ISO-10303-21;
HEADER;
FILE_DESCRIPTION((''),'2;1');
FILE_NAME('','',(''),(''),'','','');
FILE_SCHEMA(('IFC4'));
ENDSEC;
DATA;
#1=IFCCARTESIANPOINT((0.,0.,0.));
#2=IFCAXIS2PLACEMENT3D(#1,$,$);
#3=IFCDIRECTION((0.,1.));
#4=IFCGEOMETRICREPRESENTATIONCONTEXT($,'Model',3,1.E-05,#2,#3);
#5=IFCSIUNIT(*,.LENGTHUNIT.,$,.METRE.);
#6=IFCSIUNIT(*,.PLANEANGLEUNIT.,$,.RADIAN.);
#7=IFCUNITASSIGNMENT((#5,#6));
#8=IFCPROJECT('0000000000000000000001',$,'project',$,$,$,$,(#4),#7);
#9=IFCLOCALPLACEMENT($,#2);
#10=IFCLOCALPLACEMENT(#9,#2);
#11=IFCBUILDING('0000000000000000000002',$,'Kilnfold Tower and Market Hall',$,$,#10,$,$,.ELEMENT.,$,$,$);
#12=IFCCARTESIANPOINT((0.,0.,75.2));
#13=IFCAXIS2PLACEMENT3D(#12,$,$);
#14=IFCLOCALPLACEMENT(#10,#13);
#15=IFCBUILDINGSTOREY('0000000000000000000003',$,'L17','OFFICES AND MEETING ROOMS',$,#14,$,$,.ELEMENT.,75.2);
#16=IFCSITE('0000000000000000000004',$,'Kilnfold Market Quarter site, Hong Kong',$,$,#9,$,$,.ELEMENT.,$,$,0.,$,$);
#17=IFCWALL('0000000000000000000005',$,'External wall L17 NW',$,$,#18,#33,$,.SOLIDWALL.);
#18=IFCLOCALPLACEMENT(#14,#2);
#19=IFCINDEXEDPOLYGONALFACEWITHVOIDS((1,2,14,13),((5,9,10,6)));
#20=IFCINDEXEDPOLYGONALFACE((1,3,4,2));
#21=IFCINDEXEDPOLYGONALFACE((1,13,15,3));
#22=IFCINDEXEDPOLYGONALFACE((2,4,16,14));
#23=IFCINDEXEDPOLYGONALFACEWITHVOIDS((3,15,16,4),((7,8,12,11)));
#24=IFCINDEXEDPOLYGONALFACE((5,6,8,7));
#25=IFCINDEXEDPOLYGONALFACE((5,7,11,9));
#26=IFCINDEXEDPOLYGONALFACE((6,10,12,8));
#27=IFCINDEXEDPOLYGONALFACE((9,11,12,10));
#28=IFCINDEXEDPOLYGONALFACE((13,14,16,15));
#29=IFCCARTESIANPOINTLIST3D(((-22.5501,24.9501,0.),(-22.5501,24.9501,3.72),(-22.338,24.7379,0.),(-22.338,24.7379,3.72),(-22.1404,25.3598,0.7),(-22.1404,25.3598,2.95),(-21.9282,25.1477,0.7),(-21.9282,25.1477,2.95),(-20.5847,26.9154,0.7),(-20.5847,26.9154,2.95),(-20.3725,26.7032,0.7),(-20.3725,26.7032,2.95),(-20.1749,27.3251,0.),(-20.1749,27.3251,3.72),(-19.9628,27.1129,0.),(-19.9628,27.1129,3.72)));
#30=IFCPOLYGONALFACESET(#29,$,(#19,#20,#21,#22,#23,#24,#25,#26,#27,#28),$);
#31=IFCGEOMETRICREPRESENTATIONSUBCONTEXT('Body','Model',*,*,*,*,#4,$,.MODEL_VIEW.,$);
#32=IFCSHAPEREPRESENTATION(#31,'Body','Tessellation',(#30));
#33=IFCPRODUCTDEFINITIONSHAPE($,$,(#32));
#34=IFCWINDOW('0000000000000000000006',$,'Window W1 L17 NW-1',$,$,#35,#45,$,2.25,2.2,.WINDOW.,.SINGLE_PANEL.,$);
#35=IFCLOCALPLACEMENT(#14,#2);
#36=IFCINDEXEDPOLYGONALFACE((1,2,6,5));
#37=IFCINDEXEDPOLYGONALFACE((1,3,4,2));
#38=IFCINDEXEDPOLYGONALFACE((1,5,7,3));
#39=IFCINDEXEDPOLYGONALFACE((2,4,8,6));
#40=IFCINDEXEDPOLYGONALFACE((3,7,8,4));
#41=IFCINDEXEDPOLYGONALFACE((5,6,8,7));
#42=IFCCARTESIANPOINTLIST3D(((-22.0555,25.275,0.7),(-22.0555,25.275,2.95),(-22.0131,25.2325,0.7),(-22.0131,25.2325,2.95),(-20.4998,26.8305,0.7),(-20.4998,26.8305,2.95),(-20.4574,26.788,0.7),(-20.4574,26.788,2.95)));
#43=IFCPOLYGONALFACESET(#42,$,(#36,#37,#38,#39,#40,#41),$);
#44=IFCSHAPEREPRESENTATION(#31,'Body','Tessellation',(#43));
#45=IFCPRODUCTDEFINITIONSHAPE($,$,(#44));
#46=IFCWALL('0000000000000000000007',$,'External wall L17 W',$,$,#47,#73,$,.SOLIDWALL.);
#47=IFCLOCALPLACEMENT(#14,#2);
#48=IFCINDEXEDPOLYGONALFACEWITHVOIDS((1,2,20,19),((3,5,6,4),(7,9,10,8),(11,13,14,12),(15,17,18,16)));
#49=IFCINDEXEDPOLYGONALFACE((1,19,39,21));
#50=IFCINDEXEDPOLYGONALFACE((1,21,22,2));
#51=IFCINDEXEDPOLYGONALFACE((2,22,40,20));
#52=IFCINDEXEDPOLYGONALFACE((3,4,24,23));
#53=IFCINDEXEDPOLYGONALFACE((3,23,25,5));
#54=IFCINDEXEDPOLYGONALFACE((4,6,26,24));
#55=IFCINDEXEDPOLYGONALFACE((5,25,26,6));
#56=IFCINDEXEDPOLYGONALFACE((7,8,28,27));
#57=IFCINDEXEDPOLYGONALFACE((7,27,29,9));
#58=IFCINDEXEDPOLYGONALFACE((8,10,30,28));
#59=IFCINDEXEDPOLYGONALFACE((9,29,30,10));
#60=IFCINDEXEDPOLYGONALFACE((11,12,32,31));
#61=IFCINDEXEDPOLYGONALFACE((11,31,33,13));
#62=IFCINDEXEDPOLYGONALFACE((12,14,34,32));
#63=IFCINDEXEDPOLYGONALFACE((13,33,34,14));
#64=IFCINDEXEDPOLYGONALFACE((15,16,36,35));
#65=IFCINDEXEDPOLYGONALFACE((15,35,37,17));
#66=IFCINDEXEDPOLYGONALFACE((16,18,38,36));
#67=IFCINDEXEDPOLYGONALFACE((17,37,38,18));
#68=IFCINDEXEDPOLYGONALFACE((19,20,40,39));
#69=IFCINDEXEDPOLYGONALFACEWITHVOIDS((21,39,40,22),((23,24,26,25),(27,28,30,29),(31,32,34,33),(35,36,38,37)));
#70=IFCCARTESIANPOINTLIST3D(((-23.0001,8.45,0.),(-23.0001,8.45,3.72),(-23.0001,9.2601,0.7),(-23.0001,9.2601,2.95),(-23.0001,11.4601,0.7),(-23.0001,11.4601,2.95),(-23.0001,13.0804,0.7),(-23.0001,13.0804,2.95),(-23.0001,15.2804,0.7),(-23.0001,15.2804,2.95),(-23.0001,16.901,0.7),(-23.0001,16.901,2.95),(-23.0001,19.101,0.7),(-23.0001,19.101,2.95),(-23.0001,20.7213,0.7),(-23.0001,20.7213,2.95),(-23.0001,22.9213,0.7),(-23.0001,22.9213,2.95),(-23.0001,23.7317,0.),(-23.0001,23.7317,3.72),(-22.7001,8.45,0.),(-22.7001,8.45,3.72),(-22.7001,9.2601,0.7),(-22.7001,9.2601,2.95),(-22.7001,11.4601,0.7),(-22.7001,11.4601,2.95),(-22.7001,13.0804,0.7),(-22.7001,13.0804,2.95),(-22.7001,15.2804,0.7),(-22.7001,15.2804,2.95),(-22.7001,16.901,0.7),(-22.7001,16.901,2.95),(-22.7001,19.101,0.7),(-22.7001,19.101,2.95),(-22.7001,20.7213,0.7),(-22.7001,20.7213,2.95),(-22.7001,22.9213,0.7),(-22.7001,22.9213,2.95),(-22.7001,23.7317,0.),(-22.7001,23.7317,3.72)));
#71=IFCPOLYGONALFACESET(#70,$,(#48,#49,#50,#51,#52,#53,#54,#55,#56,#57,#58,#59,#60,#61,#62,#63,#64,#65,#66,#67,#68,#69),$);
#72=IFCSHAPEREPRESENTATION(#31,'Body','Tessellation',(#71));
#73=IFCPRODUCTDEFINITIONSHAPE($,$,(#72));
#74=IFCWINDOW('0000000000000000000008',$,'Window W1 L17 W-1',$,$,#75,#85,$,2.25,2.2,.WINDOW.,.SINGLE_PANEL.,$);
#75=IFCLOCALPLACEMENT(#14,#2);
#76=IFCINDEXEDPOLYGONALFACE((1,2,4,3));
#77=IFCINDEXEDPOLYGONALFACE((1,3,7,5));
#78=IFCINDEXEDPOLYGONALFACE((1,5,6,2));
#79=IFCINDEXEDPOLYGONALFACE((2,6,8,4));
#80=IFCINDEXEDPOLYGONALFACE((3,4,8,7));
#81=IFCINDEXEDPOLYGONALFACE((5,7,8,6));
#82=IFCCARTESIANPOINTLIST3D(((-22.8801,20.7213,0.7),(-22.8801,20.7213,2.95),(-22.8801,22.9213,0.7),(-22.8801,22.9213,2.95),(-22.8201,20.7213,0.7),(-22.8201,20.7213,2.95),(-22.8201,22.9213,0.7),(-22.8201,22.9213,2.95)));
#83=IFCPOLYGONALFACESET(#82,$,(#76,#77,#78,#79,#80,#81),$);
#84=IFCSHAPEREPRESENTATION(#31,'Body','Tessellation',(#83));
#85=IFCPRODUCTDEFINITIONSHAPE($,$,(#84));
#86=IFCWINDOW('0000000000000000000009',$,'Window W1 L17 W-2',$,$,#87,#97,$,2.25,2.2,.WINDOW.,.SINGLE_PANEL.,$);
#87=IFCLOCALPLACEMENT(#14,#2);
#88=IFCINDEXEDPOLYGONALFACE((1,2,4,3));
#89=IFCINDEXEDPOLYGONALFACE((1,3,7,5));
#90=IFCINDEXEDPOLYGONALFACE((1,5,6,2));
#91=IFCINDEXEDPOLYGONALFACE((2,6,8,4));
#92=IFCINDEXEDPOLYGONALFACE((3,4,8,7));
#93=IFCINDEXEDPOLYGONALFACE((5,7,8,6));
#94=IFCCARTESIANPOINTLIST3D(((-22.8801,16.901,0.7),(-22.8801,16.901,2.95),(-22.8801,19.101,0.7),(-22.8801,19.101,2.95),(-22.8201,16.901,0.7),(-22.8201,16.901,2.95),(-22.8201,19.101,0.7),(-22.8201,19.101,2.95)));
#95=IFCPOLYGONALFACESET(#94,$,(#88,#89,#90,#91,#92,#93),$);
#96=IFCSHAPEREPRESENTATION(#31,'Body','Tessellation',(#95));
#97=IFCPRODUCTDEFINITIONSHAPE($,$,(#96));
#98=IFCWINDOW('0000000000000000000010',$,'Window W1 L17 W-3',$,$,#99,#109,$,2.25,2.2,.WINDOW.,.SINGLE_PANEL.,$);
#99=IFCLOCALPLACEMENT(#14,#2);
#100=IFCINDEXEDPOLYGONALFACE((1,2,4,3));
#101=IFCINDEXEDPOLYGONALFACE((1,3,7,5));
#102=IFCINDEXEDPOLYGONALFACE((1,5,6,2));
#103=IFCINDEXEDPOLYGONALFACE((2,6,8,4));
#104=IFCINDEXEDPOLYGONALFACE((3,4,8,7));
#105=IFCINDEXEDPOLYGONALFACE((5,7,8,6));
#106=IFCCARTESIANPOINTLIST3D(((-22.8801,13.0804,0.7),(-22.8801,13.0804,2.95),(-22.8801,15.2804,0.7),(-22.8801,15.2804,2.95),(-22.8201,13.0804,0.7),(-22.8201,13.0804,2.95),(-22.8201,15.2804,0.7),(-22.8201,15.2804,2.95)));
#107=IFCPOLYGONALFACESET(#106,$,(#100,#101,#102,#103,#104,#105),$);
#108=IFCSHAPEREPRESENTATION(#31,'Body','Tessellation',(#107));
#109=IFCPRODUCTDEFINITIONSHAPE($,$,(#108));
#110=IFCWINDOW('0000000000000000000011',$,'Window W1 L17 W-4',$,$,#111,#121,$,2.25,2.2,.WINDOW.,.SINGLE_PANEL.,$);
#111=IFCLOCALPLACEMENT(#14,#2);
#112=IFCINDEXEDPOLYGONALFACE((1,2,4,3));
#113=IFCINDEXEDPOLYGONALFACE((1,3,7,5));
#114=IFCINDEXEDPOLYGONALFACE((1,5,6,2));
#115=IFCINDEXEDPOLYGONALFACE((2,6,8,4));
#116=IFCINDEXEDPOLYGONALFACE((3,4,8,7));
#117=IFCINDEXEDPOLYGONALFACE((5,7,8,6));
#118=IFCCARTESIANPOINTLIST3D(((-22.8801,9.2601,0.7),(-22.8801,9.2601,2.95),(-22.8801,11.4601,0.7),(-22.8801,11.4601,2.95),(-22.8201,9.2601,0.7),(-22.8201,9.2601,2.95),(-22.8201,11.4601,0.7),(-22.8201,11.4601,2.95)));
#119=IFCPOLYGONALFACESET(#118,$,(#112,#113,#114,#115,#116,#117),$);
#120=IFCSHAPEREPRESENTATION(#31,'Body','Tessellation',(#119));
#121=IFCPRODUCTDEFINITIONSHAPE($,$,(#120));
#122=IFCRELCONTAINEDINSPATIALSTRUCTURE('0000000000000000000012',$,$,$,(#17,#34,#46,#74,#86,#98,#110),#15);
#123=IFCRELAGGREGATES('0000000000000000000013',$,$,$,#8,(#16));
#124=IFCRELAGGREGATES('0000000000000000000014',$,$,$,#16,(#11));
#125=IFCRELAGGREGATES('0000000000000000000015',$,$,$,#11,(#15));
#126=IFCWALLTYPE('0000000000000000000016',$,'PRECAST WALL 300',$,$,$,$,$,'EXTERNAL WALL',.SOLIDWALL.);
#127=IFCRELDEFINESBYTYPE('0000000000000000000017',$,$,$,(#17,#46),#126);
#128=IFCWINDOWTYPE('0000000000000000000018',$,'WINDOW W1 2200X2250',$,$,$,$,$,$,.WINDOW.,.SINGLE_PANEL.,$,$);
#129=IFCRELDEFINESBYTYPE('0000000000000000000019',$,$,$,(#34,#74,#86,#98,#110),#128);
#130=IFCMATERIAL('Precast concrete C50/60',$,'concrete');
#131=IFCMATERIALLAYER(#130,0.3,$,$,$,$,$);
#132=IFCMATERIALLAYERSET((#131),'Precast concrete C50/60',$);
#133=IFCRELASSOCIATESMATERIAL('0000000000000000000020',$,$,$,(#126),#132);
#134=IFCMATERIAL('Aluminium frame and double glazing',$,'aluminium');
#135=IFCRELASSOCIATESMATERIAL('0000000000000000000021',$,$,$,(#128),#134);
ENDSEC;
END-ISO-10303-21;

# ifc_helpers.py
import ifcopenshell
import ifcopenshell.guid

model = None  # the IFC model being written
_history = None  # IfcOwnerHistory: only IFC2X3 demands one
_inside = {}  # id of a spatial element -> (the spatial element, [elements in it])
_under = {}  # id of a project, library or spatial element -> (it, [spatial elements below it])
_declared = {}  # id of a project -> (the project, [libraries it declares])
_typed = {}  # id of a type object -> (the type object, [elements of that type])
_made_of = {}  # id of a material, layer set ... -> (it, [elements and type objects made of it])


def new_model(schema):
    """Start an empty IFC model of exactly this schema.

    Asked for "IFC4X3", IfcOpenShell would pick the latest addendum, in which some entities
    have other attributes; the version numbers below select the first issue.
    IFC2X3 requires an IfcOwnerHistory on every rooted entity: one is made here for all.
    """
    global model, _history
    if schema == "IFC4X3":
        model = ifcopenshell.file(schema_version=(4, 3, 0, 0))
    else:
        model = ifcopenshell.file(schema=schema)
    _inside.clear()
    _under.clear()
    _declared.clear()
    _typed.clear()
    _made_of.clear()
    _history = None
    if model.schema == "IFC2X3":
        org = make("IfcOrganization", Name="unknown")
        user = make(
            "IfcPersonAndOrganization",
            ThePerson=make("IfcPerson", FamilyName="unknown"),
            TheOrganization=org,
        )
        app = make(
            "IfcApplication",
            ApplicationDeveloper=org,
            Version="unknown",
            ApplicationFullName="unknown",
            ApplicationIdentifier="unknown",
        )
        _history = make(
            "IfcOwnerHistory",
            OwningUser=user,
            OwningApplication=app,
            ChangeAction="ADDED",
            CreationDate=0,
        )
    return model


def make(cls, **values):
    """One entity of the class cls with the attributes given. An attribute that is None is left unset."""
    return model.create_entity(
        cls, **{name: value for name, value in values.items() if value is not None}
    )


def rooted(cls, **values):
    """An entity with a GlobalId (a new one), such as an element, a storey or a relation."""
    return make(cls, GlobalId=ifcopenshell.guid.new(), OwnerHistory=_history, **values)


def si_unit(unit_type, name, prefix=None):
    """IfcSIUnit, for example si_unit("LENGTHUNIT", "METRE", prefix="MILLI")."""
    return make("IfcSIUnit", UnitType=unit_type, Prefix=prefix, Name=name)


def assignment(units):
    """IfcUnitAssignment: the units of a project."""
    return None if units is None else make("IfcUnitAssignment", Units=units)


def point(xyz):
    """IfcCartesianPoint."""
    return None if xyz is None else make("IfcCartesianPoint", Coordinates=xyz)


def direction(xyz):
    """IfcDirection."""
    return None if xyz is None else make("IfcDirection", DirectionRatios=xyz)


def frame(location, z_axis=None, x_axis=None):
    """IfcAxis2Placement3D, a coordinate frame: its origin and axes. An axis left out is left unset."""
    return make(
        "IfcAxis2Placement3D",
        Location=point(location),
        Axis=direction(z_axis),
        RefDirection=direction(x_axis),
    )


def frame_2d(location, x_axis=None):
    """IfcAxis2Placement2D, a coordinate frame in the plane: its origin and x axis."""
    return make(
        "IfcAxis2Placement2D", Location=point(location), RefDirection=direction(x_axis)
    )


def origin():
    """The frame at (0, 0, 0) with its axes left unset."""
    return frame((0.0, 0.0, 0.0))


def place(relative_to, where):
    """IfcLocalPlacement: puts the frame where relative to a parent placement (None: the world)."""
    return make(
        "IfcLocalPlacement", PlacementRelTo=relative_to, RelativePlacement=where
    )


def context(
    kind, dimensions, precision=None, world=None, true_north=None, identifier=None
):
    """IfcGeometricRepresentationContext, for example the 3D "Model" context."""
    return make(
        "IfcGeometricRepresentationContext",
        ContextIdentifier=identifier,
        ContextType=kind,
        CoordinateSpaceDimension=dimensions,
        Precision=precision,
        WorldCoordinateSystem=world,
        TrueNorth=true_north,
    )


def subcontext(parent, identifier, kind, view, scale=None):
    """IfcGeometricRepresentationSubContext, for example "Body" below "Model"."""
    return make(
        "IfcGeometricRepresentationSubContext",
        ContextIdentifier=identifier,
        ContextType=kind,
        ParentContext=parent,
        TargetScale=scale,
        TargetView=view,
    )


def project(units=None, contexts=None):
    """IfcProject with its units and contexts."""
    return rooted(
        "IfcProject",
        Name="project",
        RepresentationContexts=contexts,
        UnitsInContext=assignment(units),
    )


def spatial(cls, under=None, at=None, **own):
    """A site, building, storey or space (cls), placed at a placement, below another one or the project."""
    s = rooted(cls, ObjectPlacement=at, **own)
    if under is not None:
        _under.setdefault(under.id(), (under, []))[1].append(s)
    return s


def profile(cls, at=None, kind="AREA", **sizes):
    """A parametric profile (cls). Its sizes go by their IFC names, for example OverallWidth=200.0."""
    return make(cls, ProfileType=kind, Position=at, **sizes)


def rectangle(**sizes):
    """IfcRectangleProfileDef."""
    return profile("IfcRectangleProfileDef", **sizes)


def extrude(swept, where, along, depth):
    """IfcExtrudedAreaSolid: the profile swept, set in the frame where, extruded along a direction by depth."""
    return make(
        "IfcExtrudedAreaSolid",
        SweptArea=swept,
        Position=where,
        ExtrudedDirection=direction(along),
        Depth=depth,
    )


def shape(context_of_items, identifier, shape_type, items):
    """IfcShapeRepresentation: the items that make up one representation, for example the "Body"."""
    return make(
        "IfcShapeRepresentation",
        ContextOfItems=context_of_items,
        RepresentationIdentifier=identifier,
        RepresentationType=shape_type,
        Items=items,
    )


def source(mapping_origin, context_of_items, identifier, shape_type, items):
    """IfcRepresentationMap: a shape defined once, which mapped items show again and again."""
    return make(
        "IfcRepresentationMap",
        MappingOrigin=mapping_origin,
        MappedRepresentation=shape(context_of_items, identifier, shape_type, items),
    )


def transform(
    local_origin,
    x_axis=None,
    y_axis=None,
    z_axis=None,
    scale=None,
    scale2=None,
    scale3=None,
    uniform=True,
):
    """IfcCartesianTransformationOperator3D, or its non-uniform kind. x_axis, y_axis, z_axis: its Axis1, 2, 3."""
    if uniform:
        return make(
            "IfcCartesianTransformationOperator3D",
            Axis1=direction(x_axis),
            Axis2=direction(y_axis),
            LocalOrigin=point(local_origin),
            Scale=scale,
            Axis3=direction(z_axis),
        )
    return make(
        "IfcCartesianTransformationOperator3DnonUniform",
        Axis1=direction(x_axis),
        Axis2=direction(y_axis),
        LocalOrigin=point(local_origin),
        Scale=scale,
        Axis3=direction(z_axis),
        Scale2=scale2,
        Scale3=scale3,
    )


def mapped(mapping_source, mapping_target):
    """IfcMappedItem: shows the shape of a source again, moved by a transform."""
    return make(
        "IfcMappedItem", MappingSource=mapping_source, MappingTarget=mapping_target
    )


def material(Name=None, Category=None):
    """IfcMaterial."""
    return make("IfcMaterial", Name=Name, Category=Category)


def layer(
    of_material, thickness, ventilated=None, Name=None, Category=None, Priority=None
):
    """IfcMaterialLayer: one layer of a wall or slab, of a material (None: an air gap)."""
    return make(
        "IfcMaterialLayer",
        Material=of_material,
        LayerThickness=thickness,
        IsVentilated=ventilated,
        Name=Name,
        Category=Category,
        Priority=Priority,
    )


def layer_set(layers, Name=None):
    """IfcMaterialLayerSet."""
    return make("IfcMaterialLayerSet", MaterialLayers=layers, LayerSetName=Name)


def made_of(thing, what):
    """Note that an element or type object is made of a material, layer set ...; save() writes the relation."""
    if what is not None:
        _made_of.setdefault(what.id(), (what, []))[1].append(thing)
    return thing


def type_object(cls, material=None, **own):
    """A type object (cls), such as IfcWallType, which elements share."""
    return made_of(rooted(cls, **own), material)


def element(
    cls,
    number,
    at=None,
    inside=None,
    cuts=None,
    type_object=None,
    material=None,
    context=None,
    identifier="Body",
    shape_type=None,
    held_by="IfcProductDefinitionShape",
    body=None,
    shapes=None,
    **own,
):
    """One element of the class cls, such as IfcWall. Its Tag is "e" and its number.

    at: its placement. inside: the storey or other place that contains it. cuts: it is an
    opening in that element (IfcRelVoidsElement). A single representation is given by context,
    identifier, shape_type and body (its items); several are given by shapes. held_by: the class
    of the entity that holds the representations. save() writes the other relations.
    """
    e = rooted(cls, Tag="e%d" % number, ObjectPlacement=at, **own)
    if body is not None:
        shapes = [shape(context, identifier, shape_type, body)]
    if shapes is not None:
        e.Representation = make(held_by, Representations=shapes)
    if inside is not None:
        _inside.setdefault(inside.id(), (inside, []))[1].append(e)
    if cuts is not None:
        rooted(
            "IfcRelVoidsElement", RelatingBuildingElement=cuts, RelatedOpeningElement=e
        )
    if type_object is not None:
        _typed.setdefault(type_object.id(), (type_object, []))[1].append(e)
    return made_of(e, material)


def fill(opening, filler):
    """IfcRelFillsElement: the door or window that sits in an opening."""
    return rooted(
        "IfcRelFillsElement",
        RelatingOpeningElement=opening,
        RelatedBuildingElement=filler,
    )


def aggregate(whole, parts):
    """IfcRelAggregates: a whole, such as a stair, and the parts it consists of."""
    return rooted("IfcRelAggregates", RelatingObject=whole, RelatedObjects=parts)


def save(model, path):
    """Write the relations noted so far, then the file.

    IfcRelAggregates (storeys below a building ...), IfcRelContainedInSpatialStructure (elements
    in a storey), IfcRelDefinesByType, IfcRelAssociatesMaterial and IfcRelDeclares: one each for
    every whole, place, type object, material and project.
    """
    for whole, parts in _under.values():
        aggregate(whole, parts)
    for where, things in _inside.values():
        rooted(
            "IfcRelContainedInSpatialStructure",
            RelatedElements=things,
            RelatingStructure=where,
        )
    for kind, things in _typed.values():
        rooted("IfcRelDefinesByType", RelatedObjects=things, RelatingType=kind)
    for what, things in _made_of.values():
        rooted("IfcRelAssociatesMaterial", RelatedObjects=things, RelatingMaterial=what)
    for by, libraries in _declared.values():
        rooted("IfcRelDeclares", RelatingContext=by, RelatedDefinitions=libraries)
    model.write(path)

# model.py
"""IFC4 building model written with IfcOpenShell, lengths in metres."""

from ifc_helpers import new_model, si_unit, direction, frame, frame_2d, origin, place, context, subcontext, project, spatial, rectangle, extrude, source, transform, mapped, material, layer, layer_set, type_object, element, fill, save


model = new_model("IFC4")

# Units and contexts
model_context = context("Model", 3, precision=1e-05, world=origin(), true_north=direction((0.0, 1.0)))
body_context = subcontext(model_context, "Body", "Model", "MODEL_VIEW")
ifc_project = project(units=[si_unit("LENGTHUNIT", "METRE"), si_unit("PLANEANGLEUNIT", "RADIAN")], contexts=[model_context])

# Site, building, storey
site_placement = place(None, origin())
site = spatial("IfcSite", under=ifc_project, at=site_placement, Name="Kilnfold Market Quarter site, Hong Kong", CompositionType="ELEMENT", RefElevation=0.0)
building_placement = place(site_placement, origin())
building = spatial("IfcBuilding", under=site, at=building_placement, Name="Kilnfold Tower and Market Hall", CompositionType="ELEMENT")
storey_placement = place(building_placement, frame((0.0, 0.0, 75.2)))
storey = spatial("IfcBuildingStorey", under=building, at=storey_placement, Name="L17", Description="OFFICES AND MEETING ROOMS", CompositionType="ELEMENT", Elevation=75.2)

# Wall, opening, window
ifc_material_1 = material(Name="Precast concrete C50/60", Category="concrete")
ifc_layer_1 = layer(ifc_material_1, 0.3)
ifc_layer_set_1 = layer_set([ifc_layer_1], Name="Precast concrete C50/60")
wall_type_1 = type_object("IfcWallType", Name="PRECAST WALL 300", ElementType="EXTERNAL WALL", PredefinedType="SOLIDWALL", material=ifc_layer_set_1)
shared_shape_1 = source(origin(), body_context, "Body", "SweptSolid", [
    extrude(rectangle(XDim=3.3589, YDim=0.3, at=frame_2d((1.6794, 0.0))), origin(), (0.0, 0.0, 1.0), 3.72),
])
wall_1_placement = place(storey_placement, frame((-20.0688, 27.219, 0.0), z_axis=(0.0, 0.0, 1.0), x_axis=(-0.707143, -0.70707, 0.0)))
wall_1 = element("IfcWall", 1, at=wall_1_placement, inside=storey, type_object=wall_type_1, Name="External wall L17 NW", PredefinedType="SOLIDWALL", context=body_context, shape_type="MappedRepresentation", body=[
    mapped(shared_shape_1, transform((0.0, 0.0, 0.0))),
])
opening_1_placement = place(wall_1_placement, frame((0.5793, 0.0, 0.7)))
opening_1 = element("IfcOpeningElement", 2, at=opening_1_placement, cuts=wall_1, PredefinedType="OPENING", context=body_context, shape_type="SweptSolid", body=[
    extrude(rectangle(XDim=2.2, YDim=2.25, at=frame_2d((1.1001, 1.125))), frame((0.0, 0.1602, 0.0), z_axis=(0.0, -1.0, 0.0), x_axis=(1.0, 0.0, 0.0)), (0.0, 0.0, 1.0), 0.3201),
])
ifc_material_2 = material(Name="Aluminium frame and double glazing", Category="aluminium")
window_type = type_object("IfcWindowType", Name="WINDOW W1 2200X2250", PartitioningType="SINGLE_PANEL", PredefinedType="WINDOW", material=ifc_material_2)
window_1_placement = place(opening_1_placement, origin())
window_1 = element("IfcWindow", 3, at=window_1_placement, inside=storey, type_object=window_type, Name="Window W1 L17 NW-1", OverallHeight=2.25, OverallWidth=2.2, PartitioningType="SINGLE_PANEL", PredefinedType="WINDOW", context=body_context, shape_type="SweptSolid", body=[
    extrude(rectangle(XDim=2.2, YDim=2.25, at=frame_2d((1.1001, 1.125))), frame((0.0, 0.03, 0.0), z_axis=(0.0, -1.0, 0.0), x_axis=(1.0, 0.0, 0.0)), (0.0, 0.0, 1.0), 0.0601),
])
fill(opening_1, window_1)

# Wall, openings, windows
shared_shape_2 = source(origin(), body_context, "Body", "SweptSolid", [
    extrude(rectangle(XDim=15.2817, YDim=0.3, at=frame_2d((7.6409, 0.0))), origin(), (0.0, 0.0, 1.0), 3.72),
])
wall_2_placement = place(storey_placement, frame((-22.8501, 23.7317, 0.0), z_axis=(0.0, 0.0, 1.0), x_axis=(0.0, -1.0, 0.0)))
wall_2 = element("IfcWall", 4, at=wall_2_placement, inside=storey, type_object=wall_type_1, Name="External wall L17 W", PredefinedType="SOLIDWALL", context=body_context, shape_type="MappedRepresentation", body=[
    mapped(shared_shape_2, transform((0.0, 0.0, 0.0))),
])
opening_2_placement = place(wall_2_placement, frame((0.8103, 0.0, 0.7)))
opening_2 = element("IfcOpeningElement", 5, at=opening_2_placement, cuts=wall_2, PredefinedType="OPENING", context=body_context, shape_type="SweptSolid", body=[
    extrude(rectangle(XDim=2.2, YDim=2.25, at=frame_2d((1.1001, 1.125))), frame((0.0, 0.1602, 0.0), z_axis=(0.0, -1.0, 0.0), x_axis=(1.0, 0.0, 0.0)), (0.0, 0.0, 1.0), 0.3201),
])
opening_3_placement = place(wall_2_placement, frame((4.6306, 0.0, 0.7)))
opening_3 = element("IfcOpeningElement", 6, at=opening_3_placement, cuts=wall_2, PredefinedType="OPENING", context=body_context, shape_type="SweptSolid", body=[
    extrude(rectangle(XDim=2.2, YDim=2.25, at=frame_2d((1.1001, 1.125))), frame((0.0, 0.1602, 0.0), z_axis=(0.0, -1.0, 0.0), x_axis=(1.0, 0.0, 0.0)), (0.0, 0.0, 1.0), 0.3201),
])
opening_4_placement = place(wall_2_placement, frame((8.4512, 0.0, 0.7)))
opening_4 = element("IfcOpeningElement", 7, at=opening_4_placement, cuts=wall_2, PredefinedType="OPENING", context=body_context, shape_type="SweptSolid", body=[
    extrude(rectangle(XDim=2.2, YDim=2.25, at=frame_2d((1.1001, 1.125))), frame((0.0, 0.1602, 0.0), z_axis=(0.0, -1.0, 0.0), x_axis=(1.0, 0.0, 0.0)), (0.0, 0.0, 1.0), 0.3201),
])
opening_5_placement = place(wall_2_placement, frame((12.2715, 0.0, 0.7)))
opening_5 = element("IfcOpeningElement", 8, at=opening_5_placement, cuts=wall_2, PredefinedType="OPENING", context=body_context, shape_type="SweptSolid", body=[
    extrude(rectangle(XDim=2.2, YDim=2.25, at=frame_2d((1.1001, 1.125))), frame((0.0, 0.1602, 0.0), z_axis=(0.0, -1.0, 0.0), x_axis=(1.0, 0.0, 0.0)), (0.0, 0.0, 1.0), 0.3201),
])
window_2_placement = place(opening_2_placement, origin())
window_2 = element("IfcWindow", 9, at=window_2_placement, inside=storey, type_object=window_type, Name="Window W1 L17 W-1", OverallHeight=2.25, OverallWidth=2.2, PartitioningType="SINGLE_PANEL", PredefinedType="WINDOW", context=body_context, shape_type="SweptSolid", body=[
    extrude(rectangle(XDim=2.2, YDim=2.25, at=frame_2d((1.1001, 1.125))), frame((0.0, 0.03, 0.0), z_axis=(0.0, -1.0, 0.0), x_axis=(1.0, 0.0, 0.0)), (0.0, 0.0, 1.0), 0.0601),
])
fill(opening_2, window_2)
window_3_placement = place(opening_3_placement, origin())
window_3 = element("IfcWindow", 10, at=window_3_placement, inside=storey, type_object=window_type, Name="Window W1 L17 W-2", OverallHeight=2.25, OverallWidth=2.2, PartitioningType="SINGLE_PANEL", PredefinedType="WINDOW", context=body_context, shape_type="SweptSolid", body=[
    extrude(rectangle(XDim=2.2, YDim=2.25, at=frame_2d((1.1001, 1.125))), frame((0.0, 0.03, 0.0), z_axis=(0.0, -1.0, 0.0), x_axis=(1.0, 0.0, 0.0)), (0.0, 0.0, 1.0), 0.0601),
])
fill(opening_3, window_3)
window_4_placement = place(opening_4_placement, origin())
window_4 = element("IfcWindow", 11, at=window_4_placement, inside=storey, type_object=window_type, Name="Window W1 L17 W-3", OverallHeight=2.25, OverallWidth=2.2, PartitioningType="SINGLE_PANEL", PredefinedType="WINDOW", context=body_context, shape_type="SweptSolid", body=[
    extrude(rectangle(XDim=2.2, YDim=2.25, at=frame_2d((1.1001, 1.125))), frame((0.0, 0.03, 0.0), z_axis=(0.0, -1.0, 0.0), x_axis=(1.0, 0.0, 0.0)), (0.0, 0.0, 1.0), 0.0601),
])
fill(opening_4, window_4)
window_5_placement = place(opening_5_placement, origin())
window_5 = element("IfcWindow", 12, at=window_5_placement, inside=storey, type_object=window_type, Name="Window W1 L17 W-4", OverallHeight=2.25, OverallWidth=2.2, PartitioningType="SINGLE_PANEL", PredefinedType="WINDOW", context=body_context, shape_type="SweptSolid", body=[
    extrude(rectangle(XDim=2.2, YDim=2.25, at=frame_2d((1.1001, 1.125))), frame((0.0, 0.03, 0.0), z_axis=(0.0, -1.0, 0.0), x_axis=(1.0, 0.0, 0.0)), (0.0, 0.0, 1.0), 0.0601),
])
fill(opening_5, window_5)

save(model, "model.ifc")
